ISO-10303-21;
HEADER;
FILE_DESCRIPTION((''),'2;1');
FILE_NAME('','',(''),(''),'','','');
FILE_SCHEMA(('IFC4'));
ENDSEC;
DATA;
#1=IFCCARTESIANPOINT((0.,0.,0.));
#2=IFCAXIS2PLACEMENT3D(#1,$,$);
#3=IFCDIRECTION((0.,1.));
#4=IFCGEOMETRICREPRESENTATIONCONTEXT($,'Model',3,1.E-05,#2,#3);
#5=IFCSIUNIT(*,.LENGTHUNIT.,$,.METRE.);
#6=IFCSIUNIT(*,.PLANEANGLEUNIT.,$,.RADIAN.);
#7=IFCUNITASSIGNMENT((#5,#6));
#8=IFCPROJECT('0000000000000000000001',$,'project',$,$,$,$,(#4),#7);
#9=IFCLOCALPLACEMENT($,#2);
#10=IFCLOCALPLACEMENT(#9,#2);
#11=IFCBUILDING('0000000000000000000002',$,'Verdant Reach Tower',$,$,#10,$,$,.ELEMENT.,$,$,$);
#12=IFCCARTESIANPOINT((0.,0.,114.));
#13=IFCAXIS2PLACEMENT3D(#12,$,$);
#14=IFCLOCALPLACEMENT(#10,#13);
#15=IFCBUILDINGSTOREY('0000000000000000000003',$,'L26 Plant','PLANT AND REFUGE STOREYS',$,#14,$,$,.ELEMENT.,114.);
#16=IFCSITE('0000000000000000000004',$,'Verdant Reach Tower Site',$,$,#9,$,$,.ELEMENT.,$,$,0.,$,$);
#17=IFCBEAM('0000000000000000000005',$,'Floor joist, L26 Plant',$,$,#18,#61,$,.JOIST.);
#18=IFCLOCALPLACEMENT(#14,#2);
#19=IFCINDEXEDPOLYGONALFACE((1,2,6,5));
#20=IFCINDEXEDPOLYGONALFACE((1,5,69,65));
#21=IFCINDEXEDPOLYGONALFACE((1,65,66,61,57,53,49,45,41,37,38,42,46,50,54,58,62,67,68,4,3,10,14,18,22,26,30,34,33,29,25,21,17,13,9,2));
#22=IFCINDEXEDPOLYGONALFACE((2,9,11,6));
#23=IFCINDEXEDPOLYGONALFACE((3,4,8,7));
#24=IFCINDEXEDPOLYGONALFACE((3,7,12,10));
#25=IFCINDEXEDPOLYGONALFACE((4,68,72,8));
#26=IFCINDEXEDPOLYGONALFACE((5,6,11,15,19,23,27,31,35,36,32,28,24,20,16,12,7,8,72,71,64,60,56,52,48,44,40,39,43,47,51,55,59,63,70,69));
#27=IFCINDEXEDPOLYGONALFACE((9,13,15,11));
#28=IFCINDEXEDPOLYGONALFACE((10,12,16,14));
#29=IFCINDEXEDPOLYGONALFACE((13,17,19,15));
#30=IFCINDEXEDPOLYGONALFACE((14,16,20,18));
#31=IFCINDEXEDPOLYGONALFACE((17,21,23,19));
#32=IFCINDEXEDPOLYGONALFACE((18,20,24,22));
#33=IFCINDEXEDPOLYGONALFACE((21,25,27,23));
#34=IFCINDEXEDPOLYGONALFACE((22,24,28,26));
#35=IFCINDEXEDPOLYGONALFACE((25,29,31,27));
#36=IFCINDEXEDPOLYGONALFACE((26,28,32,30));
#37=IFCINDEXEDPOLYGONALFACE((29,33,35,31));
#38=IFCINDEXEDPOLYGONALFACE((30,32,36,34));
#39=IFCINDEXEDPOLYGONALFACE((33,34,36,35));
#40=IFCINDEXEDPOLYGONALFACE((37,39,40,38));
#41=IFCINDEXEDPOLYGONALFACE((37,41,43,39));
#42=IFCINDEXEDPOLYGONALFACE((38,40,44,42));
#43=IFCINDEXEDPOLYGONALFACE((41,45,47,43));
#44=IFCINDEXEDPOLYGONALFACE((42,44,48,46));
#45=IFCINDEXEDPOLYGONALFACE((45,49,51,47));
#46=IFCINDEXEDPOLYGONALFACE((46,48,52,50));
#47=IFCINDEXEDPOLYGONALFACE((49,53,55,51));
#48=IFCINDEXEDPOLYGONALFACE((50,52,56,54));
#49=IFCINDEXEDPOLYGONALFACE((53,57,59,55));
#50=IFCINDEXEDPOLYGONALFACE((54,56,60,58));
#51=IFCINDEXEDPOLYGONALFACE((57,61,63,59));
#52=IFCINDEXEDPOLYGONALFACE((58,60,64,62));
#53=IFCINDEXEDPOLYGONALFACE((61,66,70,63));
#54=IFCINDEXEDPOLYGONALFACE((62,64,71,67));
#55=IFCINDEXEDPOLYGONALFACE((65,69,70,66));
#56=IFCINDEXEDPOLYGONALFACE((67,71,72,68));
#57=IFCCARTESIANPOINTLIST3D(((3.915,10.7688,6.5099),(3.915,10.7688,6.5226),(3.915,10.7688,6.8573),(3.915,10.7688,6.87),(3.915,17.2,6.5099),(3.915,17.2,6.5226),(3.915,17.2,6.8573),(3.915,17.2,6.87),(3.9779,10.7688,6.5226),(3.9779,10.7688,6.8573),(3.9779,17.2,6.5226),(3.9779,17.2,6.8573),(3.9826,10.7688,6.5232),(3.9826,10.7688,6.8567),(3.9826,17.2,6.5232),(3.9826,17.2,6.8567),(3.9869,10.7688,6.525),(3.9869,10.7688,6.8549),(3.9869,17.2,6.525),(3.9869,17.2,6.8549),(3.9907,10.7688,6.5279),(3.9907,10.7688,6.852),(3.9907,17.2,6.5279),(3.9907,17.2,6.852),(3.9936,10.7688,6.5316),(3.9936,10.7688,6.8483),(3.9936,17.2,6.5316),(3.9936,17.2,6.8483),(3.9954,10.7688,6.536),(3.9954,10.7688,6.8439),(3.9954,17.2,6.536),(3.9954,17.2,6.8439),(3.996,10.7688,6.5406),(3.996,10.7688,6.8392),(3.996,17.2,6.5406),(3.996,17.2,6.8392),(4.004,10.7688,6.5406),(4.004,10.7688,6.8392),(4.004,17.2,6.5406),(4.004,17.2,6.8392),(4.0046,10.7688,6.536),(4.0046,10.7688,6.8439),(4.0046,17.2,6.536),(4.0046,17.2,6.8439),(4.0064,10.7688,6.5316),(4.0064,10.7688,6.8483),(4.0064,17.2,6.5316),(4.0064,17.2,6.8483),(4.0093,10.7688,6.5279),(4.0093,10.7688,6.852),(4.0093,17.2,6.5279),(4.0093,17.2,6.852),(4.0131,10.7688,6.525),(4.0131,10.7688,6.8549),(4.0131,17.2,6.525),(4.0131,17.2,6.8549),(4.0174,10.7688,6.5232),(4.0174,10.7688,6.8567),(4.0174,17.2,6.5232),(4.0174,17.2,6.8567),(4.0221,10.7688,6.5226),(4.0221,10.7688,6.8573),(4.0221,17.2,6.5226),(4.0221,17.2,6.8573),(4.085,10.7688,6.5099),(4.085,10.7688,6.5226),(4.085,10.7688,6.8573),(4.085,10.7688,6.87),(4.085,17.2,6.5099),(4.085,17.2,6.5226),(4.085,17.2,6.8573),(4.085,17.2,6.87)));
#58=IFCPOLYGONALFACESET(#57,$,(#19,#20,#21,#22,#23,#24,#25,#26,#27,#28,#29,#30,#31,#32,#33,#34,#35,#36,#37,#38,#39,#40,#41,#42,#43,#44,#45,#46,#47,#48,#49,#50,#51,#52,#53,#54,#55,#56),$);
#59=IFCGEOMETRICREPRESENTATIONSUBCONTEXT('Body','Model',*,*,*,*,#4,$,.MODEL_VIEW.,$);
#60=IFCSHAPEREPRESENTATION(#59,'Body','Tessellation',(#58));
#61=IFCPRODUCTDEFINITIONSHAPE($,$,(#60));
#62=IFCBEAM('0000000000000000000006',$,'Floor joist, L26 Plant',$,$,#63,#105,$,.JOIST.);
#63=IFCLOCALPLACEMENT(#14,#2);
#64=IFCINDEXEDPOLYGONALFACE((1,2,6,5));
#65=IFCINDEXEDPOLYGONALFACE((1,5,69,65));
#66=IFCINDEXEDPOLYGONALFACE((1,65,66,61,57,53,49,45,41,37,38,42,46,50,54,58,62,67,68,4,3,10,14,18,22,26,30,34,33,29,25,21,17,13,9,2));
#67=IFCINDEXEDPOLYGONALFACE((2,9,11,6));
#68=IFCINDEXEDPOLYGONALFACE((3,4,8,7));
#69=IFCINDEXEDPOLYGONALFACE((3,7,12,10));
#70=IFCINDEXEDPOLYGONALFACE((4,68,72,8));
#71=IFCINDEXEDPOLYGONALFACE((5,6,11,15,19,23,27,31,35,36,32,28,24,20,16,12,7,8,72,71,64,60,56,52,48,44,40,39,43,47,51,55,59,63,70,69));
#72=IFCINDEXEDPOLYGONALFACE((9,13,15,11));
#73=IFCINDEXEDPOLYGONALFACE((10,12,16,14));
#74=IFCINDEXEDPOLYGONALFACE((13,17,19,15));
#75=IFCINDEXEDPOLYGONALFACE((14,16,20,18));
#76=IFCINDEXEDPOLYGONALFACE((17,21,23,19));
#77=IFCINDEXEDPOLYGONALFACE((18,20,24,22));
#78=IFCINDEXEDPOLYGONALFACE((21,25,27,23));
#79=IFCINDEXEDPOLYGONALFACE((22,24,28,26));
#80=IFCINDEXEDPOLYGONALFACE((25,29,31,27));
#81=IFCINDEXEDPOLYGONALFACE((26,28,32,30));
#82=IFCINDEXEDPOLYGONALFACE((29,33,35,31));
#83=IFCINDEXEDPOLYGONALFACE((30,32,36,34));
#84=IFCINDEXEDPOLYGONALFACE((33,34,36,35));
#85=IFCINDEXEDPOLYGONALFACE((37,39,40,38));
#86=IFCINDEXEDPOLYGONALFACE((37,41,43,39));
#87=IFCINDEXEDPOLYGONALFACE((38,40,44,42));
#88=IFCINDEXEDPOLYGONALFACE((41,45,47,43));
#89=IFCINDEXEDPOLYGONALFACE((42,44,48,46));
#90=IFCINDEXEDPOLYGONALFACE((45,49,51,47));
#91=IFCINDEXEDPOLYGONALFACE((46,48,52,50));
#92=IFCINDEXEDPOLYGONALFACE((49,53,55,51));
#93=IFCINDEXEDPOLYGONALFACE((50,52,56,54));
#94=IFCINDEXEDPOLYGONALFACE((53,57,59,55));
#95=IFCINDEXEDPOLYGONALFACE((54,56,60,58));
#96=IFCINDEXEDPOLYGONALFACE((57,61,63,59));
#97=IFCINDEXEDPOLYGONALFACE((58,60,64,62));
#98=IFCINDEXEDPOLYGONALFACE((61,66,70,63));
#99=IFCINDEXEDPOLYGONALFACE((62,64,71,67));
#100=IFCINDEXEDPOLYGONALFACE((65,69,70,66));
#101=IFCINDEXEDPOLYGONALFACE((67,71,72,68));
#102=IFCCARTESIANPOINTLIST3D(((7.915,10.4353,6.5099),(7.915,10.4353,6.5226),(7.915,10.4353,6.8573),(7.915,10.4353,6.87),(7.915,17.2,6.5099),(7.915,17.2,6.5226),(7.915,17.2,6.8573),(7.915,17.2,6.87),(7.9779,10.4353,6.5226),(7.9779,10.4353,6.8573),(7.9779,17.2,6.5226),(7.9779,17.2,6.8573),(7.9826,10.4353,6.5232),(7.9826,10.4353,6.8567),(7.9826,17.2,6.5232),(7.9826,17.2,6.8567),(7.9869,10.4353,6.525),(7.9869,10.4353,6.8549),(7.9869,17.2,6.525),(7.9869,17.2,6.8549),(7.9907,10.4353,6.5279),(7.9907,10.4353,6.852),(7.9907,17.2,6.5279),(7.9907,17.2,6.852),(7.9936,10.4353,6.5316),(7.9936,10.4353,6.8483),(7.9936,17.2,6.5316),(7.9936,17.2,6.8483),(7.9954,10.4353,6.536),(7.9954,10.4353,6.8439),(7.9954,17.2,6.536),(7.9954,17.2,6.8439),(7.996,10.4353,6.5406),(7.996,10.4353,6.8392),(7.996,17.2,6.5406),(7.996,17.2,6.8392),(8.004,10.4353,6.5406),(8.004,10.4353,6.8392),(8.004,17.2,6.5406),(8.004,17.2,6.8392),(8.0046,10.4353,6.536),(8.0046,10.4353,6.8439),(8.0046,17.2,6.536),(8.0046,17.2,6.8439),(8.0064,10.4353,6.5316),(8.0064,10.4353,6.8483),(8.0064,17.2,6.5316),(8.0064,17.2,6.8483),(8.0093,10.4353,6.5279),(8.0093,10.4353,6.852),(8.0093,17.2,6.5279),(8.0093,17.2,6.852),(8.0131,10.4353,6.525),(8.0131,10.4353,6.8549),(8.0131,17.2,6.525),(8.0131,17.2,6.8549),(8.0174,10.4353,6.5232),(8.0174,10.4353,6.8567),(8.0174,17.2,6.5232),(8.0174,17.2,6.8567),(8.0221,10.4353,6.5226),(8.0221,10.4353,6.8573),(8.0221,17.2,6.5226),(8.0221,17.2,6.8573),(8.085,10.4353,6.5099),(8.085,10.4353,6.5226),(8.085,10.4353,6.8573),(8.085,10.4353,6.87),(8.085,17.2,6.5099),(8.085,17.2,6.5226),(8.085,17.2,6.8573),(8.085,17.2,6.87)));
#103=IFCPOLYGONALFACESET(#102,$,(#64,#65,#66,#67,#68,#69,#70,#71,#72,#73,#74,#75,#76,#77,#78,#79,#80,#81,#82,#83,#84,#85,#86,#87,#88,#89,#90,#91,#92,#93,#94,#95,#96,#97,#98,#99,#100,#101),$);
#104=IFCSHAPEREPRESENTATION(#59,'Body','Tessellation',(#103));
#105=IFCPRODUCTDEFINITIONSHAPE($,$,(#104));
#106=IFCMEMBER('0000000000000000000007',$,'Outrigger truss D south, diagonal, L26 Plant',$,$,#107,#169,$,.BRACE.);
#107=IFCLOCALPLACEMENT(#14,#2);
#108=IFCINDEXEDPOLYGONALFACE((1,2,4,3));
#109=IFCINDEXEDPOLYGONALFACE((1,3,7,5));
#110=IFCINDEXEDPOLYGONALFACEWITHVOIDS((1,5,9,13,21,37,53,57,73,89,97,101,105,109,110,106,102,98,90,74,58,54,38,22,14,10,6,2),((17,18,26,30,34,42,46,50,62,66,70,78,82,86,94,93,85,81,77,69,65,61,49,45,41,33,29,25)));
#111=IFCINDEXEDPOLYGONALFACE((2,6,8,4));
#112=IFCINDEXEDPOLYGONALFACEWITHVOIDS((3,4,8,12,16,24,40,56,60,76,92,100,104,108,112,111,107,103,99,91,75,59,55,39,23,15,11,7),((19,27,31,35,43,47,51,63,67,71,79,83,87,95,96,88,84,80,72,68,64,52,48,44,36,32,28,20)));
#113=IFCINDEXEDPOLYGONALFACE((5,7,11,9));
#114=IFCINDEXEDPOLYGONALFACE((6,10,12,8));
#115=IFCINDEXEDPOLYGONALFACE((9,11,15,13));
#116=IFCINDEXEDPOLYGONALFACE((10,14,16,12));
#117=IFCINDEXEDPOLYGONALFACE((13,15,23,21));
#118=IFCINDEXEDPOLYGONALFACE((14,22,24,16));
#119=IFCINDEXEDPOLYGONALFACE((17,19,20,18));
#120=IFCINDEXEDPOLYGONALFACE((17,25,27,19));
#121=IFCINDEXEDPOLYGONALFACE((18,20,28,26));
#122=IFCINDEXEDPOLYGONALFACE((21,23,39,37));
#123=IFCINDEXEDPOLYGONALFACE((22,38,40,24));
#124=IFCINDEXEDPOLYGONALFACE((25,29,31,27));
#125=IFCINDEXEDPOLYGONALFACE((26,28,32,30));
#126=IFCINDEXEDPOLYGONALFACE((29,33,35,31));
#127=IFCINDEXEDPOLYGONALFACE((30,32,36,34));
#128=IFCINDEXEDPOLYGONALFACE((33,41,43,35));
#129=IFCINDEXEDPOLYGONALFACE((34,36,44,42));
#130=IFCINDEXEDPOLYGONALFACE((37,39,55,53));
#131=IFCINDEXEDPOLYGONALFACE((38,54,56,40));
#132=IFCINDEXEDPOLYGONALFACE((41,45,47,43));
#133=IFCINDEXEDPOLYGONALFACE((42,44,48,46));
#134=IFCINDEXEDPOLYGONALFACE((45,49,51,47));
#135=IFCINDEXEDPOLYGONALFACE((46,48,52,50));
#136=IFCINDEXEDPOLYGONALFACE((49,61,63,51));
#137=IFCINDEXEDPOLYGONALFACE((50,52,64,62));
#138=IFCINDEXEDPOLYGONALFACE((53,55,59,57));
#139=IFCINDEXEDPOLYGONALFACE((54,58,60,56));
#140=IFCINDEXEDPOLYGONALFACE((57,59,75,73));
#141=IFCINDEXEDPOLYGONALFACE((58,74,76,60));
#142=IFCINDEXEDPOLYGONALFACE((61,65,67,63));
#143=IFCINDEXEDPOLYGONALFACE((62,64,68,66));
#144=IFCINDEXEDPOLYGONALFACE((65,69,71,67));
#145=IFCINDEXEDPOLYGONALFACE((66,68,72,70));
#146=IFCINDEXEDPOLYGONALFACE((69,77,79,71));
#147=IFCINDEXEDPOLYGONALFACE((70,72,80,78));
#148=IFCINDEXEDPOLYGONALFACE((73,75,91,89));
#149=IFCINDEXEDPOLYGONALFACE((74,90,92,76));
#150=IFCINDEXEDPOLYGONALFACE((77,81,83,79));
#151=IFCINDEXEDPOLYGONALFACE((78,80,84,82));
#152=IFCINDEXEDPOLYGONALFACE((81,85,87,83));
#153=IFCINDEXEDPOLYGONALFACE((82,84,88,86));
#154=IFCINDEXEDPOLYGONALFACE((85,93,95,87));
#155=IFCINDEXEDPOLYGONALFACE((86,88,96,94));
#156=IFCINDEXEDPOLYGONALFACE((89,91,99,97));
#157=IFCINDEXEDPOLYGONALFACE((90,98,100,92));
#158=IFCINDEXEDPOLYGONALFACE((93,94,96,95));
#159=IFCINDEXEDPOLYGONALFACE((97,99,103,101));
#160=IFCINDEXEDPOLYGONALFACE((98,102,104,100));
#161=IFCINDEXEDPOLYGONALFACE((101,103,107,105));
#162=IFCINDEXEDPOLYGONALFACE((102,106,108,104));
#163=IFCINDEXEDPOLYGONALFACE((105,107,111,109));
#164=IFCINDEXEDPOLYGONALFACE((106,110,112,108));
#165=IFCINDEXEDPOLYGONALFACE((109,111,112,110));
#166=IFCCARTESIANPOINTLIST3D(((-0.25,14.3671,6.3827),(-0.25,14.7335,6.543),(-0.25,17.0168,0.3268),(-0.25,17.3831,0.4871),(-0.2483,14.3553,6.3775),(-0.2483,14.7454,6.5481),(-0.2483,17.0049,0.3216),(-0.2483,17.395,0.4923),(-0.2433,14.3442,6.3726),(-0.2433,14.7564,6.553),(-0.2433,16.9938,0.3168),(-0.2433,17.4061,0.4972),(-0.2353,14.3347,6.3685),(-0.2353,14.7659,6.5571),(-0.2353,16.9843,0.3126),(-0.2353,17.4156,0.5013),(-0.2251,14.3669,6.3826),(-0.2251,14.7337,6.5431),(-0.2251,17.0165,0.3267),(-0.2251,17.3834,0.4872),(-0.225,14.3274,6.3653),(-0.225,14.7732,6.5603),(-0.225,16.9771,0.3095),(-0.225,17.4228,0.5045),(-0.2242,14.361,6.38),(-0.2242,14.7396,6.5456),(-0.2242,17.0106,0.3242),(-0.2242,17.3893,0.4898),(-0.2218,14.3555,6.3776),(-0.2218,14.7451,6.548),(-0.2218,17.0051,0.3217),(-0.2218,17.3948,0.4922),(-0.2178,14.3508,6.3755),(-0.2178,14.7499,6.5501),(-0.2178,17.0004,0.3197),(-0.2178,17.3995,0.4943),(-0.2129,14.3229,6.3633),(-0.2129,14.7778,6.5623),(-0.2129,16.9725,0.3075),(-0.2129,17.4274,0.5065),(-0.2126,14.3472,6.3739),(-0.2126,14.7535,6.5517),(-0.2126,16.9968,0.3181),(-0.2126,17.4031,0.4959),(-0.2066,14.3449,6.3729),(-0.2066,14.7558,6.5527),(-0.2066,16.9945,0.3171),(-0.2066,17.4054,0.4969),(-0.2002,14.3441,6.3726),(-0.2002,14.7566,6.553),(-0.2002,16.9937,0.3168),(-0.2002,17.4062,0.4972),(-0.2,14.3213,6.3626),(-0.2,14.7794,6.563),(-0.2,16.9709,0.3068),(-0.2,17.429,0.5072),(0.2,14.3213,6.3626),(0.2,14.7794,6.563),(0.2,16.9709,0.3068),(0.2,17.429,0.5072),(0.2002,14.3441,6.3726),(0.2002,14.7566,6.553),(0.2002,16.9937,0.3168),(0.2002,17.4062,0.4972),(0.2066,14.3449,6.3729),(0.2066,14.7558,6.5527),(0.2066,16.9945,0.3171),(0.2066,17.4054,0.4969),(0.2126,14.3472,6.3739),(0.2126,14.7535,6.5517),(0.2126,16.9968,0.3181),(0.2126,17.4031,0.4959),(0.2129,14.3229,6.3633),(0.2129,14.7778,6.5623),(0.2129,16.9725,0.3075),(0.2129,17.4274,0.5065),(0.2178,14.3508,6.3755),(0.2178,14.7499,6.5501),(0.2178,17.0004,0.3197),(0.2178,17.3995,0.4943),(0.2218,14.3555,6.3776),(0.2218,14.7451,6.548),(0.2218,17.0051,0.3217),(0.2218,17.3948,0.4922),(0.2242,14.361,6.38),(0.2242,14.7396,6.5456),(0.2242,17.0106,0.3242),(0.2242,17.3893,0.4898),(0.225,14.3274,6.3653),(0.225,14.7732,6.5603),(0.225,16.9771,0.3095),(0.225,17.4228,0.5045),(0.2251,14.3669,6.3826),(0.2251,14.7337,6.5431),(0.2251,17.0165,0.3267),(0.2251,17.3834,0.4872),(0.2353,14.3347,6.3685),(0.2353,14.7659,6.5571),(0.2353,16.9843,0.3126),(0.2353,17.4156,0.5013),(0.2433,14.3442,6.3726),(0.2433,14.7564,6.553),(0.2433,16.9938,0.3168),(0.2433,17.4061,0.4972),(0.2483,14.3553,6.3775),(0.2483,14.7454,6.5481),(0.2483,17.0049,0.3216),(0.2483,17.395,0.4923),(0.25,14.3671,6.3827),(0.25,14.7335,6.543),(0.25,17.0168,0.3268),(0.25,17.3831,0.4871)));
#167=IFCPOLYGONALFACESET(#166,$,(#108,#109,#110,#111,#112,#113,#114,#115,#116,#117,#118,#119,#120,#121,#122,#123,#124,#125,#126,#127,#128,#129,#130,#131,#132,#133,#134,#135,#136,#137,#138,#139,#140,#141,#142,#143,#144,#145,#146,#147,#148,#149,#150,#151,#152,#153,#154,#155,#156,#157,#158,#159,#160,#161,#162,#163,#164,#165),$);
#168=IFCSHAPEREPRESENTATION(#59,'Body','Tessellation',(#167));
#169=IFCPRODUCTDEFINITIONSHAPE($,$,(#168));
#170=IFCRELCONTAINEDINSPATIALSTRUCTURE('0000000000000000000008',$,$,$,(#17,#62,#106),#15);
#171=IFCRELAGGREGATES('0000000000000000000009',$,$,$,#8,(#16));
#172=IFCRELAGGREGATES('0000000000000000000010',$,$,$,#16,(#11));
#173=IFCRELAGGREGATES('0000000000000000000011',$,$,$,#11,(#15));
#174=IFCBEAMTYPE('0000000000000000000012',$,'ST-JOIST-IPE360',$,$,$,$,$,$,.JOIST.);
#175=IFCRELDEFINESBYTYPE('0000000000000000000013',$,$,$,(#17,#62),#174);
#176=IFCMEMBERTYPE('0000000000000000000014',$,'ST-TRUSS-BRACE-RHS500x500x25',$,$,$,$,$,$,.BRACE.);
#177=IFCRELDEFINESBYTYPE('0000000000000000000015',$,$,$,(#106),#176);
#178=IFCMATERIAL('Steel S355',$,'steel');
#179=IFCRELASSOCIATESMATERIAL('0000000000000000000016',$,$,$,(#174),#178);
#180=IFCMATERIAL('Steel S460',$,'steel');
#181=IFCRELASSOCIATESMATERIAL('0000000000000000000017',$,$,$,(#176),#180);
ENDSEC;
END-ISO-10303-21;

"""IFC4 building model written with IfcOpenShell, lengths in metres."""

from ifc_helpers import new_model, si_unit, direction, frame, origin, origin_2d, place, context, subcontext, project, spatial, hollow_rectangle, i_section, extrude, material, material_profile, profile_set, type_object, element, save


model = new_model("IFC4")

# Units and contexts
model_context = context("Model", 3, precision=1e-05, world=origin(), true_north=direction((0.0, 1.0)))
body_context = subcontext(model_context, "Body", "Model", "MODEL_VIEW")
ifc_project = project(units=[si_unit("LENGTHUNIT", "METRE"), si_unit("PLANEANGLEUNIT", "RADIAN")], contexts=[model_context])

# Site, building, storey
site_placement = place(None, origin())
site = spatial("IfcSite", under=ifc_project, at=site_placement, Name="Verdant Reach Tower Site", CompositionType="ELEMENT", RefElevation=0.0)
building_placement = place(site_placement, origin())
building = spatial("IfcBuilding", under=site, at=building_placement, Name="Verdant Reach Tower", CompositionType="ELEMENT")
storey_placement = place(building_placement, frame((0.0, 0.0, 114.0)))
storey = spatial("IfcBuildingStorey", under=building, at=storey_placement, Name="L26 Plant", Description="PLANT AND REFUGE STOREYS", CompositionType="ELEMENT", Elevation=114.0)

# Beams
ifc_material_1 = material(Name="Steel S355", Category="steel")
ifc_material_profile_1 = material_profile(ifc_material_1, i_section(OverallWidth=0.1699, OverallDepth=0.3601, WebThickness=0.0081, FlangeThickness=0.0127, FilletRadius=0.0181, at=origin_2d()), Name="IPE 360")
ifc_profile_set_1 = profile_set([ifc_material_profile_1], Name="Steel S355")
beam_type = type_object("IfcBeamType", Name="ST-JOIST-IPE360", PredefinedType="JOIST", material=ifc_profile_set_1)
beam_1_placement = place(storey_placement, frame((4.0, 17.2, 6.6899), z_axis=(0.0, -1.0, 0.0), x_axis=(1.0, 0.0, 0.0)))
element("IfcBeam", 1, at=beam_1_placement, inside=storey, type_object=beam_type, Name="Floor joist, L26 Plant", PredefinedType="JOIST", context=body_context, shape_type="SweptSolid", body=[
    extrude(i_section(OverallWidth=0.1699, OverallDepth=0.3601, WebThickness=0.0081, FlangeThickness=0.0127, FilletRadius=0.0181, at=origin_2d()), origin(), (0.0, 0.0, 1.0), 6.4312),
])
beam_2_placement = place(storey_placement, frame((8.0, 17.2, 6.6899), z_axis=(0.0, -1.0, 0.0), x_axis=(1.0, 0.0, 0.0)))
element("IfcBeam", 2, at=beam_2_placement, inside=storey, type_object=beam_type, Name="Floor joist, L26 Plant", PredefinedType="JOIST", context=body_context, shape_type="SweptSolid", body=[
    extrude(i_section(OverallWidth=0.1699, OverallDepth=0.3601, WebThickness=0.0081, FlangeThickness=0.0127, FilletRadius=0.0181, at=origin_2d()), origin(), (0.0, 0.0, 1.0), 6.7646),
])

# Member
ifc_material_2 = material(Name="Steel S460", Category="steel")
ifc_material_profile_2 = material_profile(ifc_material_2, hollow_rectangle(XDim=0.5, YDim=0.5, WallThickness=0.0249, InnerFilletRadius=0.0249, OuterFilletRadius=0.05, at=origin_2d()), Name="RHS 500x500x25")
ifc_profile_set_2 = profile_set([ifc_material_profile_2], Name="Steel S460")
member_type_1 = type_object("IfcMemberType", Name="ST-TRUSS-BRACE-RHS500x500x25", PredefinedType="BRACE", material=ifc_profile_set_2)
member_1_placement = place(storey_placement, frame((0.0, 17.2, 0.407), z_axis=(0.0, -0.400844, 0.916146), x_axis=(1.0, 0.0, 0.0)))
element("IfcMember", 3, at=member_1_placement, inside=storey, type_object=member_type_1, Name="Outrigger truss D south, diagonal, L26 Plant", PredefinedType="BRACE", context=body_context, shape_type="SweptSolid", body=[
    extrude(hollow_rectangle(XDim=0.5, YDim=0.5, WallThickness=0.0249, InnerFilletRadius=0.0249, OuterFilletRadius=0.05, at=origin_2d()), origin(), (0.0, 0.0, 1.0), 6.6101),
])

save(model, "model.ifc")
